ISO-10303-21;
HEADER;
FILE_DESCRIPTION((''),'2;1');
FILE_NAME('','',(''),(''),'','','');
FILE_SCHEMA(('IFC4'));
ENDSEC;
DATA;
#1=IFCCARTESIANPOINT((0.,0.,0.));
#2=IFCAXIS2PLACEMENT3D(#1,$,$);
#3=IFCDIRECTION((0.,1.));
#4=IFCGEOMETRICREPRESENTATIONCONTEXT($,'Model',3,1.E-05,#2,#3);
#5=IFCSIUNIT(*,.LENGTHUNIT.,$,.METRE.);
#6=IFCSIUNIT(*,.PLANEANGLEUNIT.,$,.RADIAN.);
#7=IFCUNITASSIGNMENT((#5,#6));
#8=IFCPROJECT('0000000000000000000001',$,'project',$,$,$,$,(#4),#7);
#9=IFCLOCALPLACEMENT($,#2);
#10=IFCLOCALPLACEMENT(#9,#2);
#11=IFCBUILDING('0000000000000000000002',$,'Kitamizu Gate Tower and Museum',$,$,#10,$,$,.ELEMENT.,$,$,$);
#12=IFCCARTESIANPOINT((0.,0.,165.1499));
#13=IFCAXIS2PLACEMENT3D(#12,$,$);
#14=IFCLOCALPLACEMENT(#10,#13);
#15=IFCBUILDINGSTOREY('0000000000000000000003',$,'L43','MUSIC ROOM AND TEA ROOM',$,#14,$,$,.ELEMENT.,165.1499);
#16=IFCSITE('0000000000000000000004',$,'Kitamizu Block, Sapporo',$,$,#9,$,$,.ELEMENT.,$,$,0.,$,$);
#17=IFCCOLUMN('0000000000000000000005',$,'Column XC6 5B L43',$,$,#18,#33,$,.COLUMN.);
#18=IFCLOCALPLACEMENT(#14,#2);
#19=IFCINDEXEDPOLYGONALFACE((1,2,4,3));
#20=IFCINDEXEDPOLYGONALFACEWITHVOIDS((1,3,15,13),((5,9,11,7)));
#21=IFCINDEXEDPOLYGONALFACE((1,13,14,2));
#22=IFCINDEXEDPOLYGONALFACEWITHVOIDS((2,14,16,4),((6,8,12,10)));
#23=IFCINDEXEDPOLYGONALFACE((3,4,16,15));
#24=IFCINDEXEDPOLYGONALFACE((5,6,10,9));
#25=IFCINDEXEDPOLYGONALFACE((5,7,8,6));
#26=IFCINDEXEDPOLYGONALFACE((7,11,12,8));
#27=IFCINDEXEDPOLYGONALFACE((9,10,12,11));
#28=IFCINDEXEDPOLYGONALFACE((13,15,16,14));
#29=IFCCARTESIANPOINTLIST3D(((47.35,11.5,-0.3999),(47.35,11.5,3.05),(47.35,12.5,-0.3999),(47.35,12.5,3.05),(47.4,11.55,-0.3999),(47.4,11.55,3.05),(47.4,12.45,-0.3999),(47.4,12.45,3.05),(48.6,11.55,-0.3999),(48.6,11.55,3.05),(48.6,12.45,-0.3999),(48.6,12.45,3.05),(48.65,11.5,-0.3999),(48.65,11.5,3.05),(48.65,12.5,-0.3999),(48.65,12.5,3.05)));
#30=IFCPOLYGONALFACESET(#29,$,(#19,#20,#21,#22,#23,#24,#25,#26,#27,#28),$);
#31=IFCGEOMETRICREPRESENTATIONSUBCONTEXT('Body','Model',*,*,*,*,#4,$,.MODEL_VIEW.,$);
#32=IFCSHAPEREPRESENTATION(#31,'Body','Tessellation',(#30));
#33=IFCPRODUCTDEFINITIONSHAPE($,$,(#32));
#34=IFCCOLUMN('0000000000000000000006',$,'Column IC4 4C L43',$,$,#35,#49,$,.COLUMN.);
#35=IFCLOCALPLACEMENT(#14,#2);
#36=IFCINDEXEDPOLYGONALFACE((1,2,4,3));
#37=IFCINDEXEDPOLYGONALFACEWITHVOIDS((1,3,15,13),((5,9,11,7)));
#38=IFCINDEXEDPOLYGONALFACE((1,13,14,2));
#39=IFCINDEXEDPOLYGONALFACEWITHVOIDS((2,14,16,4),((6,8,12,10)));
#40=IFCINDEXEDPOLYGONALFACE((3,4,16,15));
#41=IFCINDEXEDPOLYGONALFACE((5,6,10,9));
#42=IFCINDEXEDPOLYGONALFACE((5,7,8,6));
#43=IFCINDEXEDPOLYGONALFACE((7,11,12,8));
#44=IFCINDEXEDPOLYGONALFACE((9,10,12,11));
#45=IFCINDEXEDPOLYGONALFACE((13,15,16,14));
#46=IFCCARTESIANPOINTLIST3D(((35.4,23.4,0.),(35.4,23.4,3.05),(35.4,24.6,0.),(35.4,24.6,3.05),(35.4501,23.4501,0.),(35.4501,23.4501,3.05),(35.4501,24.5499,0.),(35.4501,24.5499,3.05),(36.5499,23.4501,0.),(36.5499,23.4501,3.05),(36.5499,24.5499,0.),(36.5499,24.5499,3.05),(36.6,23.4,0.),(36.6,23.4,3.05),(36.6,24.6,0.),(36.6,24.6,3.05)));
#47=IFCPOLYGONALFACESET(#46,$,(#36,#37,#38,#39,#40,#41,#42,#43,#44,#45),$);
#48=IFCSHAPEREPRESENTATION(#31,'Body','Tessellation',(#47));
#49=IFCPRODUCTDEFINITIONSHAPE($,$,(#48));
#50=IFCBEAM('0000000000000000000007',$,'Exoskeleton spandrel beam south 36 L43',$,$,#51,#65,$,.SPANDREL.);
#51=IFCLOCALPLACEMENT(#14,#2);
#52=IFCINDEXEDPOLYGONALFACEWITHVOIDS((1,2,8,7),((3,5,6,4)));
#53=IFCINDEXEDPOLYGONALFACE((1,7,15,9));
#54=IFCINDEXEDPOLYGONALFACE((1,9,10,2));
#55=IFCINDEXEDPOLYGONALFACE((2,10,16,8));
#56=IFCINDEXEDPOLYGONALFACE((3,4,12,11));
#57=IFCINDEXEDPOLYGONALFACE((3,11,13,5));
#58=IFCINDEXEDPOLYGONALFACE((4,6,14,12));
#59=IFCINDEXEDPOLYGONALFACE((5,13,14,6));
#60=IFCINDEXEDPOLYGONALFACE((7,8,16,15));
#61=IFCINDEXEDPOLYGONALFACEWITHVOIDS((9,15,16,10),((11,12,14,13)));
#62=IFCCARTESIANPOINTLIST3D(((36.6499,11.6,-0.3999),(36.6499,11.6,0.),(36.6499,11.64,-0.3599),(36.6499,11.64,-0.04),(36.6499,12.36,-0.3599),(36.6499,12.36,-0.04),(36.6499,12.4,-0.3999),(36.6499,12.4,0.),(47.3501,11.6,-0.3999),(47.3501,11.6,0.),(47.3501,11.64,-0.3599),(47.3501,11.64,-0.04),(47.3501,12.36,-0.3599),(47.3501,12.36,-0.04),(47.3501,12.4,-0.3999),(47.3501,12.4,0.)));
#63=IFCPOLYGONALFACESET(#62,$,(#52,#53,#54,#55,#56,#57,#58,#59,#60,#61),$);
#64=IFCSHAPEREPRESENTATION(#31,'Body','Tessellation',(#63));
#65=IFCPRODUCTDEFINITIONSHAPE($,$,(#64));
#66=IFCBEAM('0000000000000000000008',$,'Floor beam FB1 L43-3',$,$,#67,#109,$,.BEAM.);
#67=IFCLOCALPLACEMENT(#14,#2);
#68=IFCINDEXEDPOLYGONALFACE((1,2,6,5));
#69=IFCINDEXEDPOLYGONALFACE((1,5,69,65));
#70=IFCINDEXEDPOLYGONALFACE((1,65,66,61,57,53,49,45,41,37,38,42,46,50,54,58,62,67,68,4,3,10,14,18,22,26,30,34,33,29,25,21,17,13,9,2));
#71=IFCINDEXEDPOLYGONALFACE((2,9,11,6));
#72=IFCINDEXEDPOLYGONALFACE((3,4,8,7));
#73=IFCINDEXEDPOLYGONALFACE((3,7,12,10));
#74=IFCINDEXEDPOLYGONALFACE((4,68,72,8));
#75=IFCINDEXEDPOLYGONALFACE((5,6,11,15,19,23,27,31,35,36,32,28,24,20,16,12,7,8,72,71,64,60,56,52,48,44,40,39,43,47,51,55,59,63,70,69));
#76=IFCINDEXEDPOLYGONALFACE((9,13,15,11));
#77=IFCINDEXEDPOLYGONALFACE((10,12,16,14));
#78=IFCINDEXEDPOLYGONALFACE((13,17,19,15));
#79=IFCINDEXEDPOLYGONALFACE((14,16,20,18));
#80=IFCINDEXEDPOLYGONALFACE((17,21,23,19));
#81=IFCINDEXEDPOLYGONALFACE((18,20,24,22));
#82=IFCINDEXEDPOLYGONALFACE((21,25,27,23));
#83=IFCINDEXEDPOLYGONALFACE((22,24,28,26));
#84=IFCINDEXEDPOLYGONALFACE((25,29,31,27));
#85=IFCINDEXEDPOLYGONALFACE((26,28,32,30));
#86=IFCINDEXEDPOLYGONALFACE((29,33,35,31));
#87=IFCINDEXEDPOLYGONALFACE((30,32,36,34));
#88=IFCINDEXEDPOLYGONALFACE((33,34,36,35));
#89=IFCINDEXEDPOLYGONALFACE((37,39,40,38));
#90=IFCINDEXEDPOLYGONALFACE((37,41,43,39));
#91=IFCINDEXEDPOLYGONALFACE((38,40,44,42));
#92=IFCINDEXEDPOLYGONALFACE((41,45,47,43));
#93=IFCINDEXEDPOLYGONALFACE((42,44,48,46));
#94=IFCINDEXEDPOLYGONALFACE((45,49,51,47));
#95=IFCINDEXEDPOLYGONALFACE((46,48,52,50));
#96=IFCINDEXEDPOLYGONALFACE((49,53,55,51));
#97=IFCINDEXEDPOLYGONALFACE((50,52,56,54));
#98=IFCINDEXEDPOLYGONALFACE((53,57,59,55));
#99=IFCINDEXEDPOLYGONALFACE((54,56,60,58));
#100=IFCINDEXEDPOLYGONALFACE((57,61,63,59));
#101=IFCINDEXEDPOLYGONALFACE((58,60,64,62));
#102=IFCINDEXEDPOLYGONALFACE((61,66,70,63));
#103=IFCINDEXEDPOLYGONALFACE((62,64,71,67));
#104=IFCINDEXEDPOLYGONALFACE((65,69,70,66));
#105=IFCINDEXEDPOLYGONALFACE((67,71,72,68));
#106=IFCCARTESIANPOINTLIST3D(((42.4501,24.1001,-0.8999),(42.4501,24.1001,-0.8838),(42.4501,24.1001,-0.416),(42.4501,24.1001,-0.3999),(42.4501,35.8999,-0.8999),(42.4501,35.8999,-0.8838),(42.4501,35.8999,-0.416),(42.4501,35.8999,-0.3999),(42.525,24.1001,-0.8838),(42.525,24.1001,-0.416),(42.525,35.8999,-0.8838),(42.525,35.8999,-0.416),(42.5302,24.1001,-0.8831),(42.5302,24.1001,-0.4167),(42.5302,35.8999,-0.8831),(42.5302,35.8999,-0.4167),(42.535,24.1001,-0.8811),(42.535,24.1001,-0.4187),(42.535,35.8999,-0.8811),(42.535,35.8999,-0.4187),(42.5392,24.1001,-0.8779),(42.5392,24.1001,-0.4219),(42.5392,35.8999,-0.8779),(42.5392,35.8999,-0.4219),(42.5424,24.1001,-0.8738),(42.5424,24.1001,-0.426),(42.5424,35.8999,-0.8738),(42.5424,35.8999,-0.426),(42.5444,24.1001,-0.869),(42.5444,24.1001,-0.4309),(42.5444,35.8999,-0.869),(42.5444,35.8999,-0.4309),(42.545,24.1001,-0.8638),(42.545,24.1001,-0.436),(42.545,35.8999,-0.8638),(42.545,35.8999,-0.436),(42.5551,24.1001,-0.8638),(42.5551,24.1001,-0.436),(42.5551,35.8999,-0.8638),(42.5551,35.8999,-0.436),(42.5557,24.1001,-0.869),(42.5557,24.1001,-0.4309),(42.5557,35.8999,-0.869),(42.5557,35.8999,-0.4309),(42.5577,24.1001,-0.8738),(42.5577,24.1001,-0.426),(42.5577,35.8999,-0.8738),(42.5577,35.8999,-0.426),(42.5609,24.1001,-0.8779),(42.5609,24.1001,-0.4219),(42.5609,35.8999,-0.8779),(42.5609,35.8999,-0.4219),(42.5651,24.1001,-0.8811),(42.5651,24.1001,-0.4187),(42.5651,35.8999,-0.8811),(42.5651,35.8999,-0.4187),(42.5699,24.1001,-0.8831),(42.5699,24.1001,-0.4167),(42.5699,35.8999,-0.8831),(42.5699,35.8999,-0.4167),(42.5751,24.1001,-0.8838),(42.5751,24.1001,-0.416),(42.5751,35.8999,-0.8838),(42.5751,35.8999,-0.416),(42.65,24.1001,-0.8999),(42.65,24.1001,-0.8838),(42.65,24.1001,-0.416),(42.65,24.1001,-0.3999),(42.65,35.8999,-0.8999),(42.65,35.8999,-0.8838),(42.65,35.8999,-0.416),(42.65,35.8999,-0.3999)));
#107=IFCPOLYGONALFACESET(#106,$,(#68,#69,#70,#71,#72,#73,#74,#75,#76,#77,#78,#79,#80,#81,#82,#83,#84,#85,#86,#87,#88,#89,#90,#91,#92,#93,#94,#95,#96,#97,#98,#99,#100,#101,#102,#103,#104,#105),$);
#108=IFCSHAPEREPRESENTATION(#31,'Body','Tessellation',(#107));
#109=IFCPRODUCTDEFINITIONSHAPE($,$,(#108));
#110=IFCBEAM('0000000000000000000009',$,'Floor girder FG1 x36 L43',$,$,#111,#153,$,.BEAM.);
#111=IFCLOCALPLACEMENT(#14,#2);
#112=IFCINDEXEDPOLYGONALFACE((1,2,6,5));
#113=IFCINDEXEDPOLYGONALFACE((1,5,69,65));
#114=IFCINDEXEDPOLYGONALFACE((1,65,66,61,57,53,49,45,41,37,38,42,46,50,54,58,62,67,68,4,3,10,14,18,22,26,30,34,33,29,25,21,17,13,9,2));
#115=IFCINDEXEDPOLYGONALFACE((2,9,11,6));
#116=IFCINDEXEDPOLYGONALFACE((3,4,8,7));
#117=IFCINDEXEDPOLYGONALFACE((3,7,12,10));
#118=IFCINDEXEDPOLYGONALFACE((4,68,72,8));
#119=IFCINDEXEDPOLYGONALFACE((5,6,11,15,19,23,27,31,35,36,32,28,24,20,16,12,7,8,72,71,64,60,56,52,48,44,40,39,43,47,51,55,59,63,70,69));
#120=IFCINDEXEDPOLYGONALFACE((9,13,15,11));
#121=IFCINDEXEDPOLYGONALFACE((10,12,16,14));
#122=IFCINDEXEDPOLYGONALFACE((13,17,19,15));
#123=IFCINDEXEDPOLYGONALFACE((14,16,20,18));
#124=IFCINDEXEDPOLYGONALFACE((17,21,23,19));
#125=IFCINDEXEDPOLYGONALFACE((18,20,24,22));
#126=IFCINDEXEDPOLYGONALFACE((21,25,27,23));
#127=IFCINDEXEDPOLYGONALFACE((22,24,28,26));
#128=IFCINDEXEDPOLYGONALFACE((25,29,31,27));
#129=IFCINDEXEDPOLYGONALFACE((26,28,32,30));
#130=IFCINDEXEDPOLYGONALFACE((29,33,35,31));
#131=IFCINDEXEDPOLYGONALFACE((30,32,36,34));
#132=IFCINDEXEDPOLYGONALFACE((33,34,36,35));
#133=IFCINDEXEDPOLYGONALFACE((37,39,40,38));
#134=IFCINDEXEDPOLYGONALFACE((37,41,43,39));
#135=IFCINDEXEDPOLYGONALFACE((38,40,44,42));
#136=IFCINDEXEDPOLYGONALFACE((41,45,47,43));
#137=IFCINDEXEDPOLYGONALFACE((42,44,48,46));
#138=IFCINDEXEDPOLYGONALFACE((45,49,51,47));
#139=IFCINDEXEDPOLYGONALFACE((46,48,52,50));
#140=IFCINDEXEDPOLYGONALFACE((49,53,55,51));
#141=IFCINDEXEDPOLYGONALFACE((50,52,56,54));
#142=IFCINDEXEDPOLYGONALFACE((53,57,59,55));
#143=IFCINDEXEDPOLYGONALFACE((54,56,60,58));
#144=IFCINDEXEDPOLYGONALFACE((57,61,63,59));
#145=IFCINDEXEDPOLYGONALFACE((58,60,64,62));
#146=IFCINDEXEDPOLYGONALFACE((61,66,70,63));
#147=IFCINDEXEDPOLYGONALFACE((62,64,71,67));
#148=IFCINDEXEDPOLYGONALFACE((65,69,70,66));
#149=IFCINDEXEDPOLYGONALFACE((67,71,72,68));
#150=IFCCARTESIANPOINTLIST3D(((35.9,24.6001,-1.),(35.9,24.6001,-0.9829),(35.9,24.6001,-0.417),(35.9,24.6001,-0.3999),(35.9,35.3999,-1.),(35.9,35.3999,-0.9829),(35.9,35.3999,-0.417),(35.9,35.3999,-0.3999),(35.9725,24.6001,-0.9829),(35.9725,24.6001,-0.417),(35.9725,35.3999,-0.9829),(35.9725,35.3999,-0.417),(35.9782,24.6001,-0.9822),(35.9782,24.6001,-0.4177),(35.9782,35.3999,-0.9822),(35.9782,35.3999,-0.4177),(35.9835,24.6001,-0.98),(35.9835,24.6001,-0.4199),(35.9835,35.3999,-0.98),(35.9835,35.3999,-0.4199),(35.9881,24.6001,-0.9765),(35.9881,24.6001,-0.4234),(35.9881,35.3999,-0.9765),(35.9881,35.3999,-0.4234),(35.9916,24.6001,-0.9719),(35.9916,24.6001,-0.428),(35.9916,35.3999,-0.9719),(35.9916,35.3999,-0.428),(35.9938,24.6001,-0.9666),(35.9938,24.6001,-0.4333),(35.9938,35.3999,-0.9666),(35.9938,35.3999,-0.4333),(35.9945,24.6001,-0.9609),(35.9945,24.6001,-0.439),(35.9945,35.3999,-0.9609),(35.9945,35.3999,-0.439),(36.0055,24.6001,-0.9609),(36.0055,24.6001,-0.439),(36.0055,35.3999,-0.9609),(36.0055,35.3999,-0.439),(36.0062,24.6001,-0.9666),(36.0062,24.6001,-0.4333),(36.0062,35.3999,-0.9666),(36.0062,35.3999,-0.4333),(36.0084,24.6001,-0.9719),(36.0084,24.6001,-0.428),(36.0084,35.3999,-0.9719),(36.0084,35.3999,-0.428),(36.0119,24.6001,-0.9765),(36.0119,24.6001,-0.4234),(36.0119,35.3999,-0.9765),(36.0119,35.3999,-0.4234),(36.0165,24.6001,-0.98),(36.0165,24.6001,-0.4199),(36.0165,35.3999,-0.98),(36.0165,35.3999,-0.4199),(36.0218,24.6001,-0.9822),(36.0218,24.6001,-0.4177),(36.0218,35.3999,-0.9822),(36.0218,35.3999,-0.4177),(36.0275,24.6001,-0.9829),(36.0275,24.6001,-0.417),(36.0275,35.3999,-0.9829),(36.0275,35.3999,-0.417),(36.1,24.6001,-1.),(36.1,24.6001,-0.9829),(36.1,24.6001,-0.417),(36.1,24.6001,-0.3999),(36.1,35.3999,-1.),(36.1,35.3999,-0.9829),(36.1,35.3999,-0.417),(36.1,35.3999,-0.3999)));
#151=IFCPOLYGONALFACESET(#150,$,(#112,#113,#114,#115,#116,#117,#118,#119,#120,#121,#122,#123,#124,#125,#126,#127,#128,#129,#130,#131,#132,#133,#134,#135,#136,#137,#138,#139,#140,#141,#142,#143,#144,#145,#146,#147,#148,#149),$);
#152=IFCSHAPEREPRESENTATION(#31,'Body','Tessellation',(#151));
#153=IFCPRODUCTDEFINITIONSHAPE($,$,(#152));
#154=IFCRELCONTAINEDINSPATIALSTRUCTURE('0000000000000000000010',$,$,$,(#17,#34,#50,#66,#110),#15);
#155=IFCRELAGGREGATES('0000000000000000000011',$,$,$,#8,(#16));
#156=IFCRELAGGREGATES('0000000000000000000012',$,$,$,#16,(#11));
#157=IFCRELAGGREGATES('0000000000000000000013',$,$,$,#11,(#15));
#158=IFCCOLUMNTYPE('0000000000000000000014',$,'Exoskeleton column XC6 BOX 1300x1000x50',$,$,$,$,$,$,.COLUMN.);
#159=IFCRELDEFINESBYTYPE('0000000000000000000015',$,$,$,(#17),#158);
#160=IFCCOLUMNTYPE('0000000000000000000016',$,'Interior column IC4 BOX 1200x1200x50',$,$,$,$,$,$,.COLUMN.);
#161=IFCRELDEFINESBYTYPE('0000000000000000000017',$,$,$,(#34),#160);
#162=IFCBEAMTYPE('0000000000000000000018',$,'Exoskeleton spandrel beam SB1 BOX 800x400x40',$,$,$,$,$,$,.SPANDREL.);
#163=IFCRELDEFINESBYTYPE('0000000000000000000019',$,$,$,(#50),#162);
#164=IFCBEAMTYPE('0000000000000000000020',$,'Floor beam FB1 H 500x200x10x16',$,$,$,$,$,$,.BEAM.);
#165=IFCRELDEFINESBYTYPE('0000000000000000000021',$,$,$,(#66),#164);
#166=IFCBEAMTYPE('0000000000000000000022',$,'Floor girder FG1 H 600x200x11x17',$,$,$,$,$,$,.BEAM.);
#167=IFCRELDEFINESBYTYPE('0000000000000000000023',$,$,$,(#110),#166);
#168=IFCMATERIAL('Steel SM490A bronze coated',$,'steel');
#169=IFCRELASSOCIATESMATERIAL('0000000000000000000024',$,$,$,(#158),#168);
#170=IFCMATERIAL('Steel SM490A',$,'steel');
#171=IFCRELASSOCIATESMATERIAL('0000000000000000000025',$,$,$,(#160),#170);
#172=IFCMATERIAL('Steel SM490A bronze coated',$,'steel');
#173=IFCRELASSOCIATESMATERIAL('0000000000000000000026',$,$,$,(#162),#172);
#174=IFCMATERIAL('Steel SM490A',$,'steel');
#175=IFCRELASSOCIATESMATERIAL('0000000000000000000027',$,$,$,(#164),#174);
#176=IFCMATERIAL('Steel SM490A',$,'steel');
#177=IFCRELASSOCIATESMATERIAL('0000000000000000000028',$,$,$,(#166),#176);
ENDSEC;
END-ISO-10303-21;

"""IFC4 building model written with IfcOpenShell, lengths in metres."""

from ifc_helpers import new_model, si_unit, direction, frame, origin, origin_2d, place, context, subcontext, project, spatial, hollow_rectangle, i_section, extrude, material, material_profile, profile_set, type_object, element, save


model = new_model("IFC4")

# Units and contexts
model_context = context("Model", 3, precision=1e-05, world=origin(), true_north=direction((0.0, 1.0)))
body_context = subcontext(model_context, "Body", "Model", "MODEL_VIEW")
ifc_project = project(units=[si_unit("LENGTHUNIT", "METRE"), si_unit("PLANEANGLEUNIT", "RADIAN")], contexts=[model_context])

# Site, building, storey
site_placement = place(None, origin())
site = spatial("IfcSite", under=ifc_project, at=site_placement, Name="Kitamizu Block, Sapporo", CompositionType="ELEMENT", RefElevation=0.0)
building_placement = place(site_placement, origin())
building = spatial("IfcBuilding", under=site, at=building_placement, Name="Kitamizu Gate Tower and Museum", CompositionType="ELEMENT")
storey_placement = place(building_placement, frame((0.0, 0.0, 165.1499)))
storey = spatial("IfcBuildingStorey", under=building, at=storey_placement, Name="L43", Description="MUSIC ROOM AND TEA ROOM", CompositionType="ELEMENT", Elevation=165.1499)

# Columns
ifc_material_1 = material(Name="Steel SM490A bronze coated", Category="steel")
ifc_material_profile_1 = material_profile(ifc_material_1, hollow_rectangle(XDim=1.3, YDim=1.0, WallThickness=0.05, at=origin_2d()), Name="BOX 1300x1000x50")
ifc_profile_set_1 = profile_set([ifc_material_profile_1], Name="Steel SM490A bronze coated")
column_type_1 = type_object("IfcColumnType", Name="Exoskeleton column XC6 BOX 1300x1000x50", PredefinedType="COLUMN", material=ifc_profile_set_1)
column_1_placement = place(storey_placement, frame((48.0, 12.0, -0.3999), z_axis=(0.0, 0.0, 1.0), x_axis=(1.0, 0.0, 0.0)))
element("IfcColumn", 1, at=column_1_placement, inside=storey, type_object=column_type_1, Name="Column XC6 5B L43", PredefinedType="COLUMN", context=body_context, shape_type="SweptSolid", body=[
    extrude(hollow_rectangle(XDim=1.3, YDim=1.0, WallThickness=0.05, at=origin_2d()), origin(), (0.0, 0.0, 1.0), 3.45),
])
ifc_material_2 = material(Name="Steel SM490A", Category="steel")
ifc_material_profile_2 = material_profile(ifc_material_2, hollow_rectangle(XDim=1.2, YDim=1.2, WallThickness=0.05, at=origin_2d()), Name="BOX 1200x1200x50")
ifc_profile_set_2 = profile_set([ifc_material_profile_2], Name="Steel SM490A")
column_type_2 = type_object("IfcColumnType", Name="Interior column IC4 BOX 1200x1200x50", PredefinedType="COLUMN", material=ifc_profile_set_2)
column_2_placement = place(storey_placement, frame((36.0, 24.0, 0.0), z_axis=(0.0, 0.0, 1.0), x_axis=(1.0, 0.0, 0.0)))
element("IfcColumn", 2, at=column_2_placement, inside=storey, type_object=column_type_2, Name="Column IC4 4C L43", PredefinedType="COLUMN", context=body_context, shape_type="SweptSolid", body=[
    extrude(hollow_rectangle(XDim=1.2, YDim=1.2, WallThickness=0.05, at=origin_2d()), origin(), (0.0, 0.0, 1.0), 3.05),
])

# Beams
ifc_material_3 = material(Name="Steel SM490A bronze coated", Category="steel")
ifc_material_profile_3 = material_profile(ifc_material_3, hollow_rectangle(XDim=0.8, YDim=0.3999, WallThickness=0.04, at=origin_2d()), Name="BOX 800x400x40")
ifc_profile_set_3 = profile_set([ifc_material_profile_3], Name="Steel SM490A bronze coated")
beam_type_1 = type_object("IfcBeamType", Name="Exoskeleton spandrel beam SB1 BOX 800x400x40", PredefinedType="SPANDREL", material=ifc_profile_set_3)
beam_1_placement = place(storey_placement, frame((36.6499, 12.0, -0.2), z_axis=(1.0, 0.0, 0.0), x_axis=(0.0, 1.0, 0.0)))
element("IfcBeam", 3, at=beam_1_placement, inside=storey, type_object=beam_type_1, Name="Exoskeleton spandrel beam south 36 L43", PredefinedType="SPANDREL", context=body_context, shape_type="SweptSolid", body=[
    extrude(hollow_rectangle(XDim=0.8, YDim=0.3999, WallThickness=0.04, at=origin_2d()), origin(), (0.0, 0.0, 1.0), 10.7002),
])
ifc_material_4 = material(Name="Steel SM490A", Category="steel")
ifc_material_profile_4 = material_profile(ifc_material_4, i_section(OverallWidth=0.2, OverallDepth=0.5, WebThickness=0.01, FlangeThickness=0.0161, FilletRadius=0.02, at=origin_2d()), Name="H-500x200x10x16")
ifc_profile_set_4 = profile_set([ifc_material_profile_4], Name="Steel SM490A")
beam_type_2 = type_object("IfcBeamType", Name="Floor beam FB1 H 500x200x10x16", PredefinedType="BEAM", material=ifc_profile_set_4)
beam_2_placement = place(storey_placement, frame((42.55, 24.1001, -0.6499), z_axis=(0.0, 1.0, 0.0), x_axis=(-1.0, 0.0, 0.0)))
element("IfcBeam", 4, at=beam_2_placement, inside=storey, type_object=beam_type_2, Name="Floor beam FB1 L43-3", PredefinedType="BEAM", context=body_context, shape_type="SweptSolid", body=[
    extrude(i_section(OverallWidth=0.2, OverallDepth=0.5, WebThickness=0.01, FlangeThickness=0.0161, FilletRadius=0.02, at=origin_2d()), origin(), (0.0, 0.0, 1.0), 11.7998),
])
ifc_material_5 = material(Name="Steel SM490A", Category="steel")
ifc_material_profile_5 = material_profile(ifc_material_5, i_section(OverallWidth=0.2, OverallDepth=0.6001, WebThickness=0.011, FlangeThickness=0.0171, FilletRadius=0.022, at=origin_2d()), Name="H-600x200x11x17")
ifc_profile_set_5 = profile_set([ifc_material_profile_5], Name="Steel SM490A")
beam_type_3 = type_object("IfcBeamType", Name="Floor girder FG1 H 600x200x11x17", PredefinedType="BEAM", material=ifc_profile_set_5)
beam_3_placement = place(storey_placement, frame((36.0, 24.6001, -0.7), z_axis=(0.0, 1.0, 0.0), x_axis=(-1.0, 0.0, 0.0)))
element("IfcBeam", 5, at=beam_3_placement, inside=storey, type_object=beam_type_3, Name="Floor girder FG1 x36 L43", PredefinedType="BEAM", context=body_context, shape_type="SweptSolid", body=[
    extrude(i_section(OverallWidth=0.2, OverallDepth=0.6001, WebThickness=0.011, FlangeThickness=0.0171, FilletRadius=0.022, at=origin_2d()), origin(), (0.0, 0.0, 1.0), 10.7998),
])

save(model, "model.ifc")
